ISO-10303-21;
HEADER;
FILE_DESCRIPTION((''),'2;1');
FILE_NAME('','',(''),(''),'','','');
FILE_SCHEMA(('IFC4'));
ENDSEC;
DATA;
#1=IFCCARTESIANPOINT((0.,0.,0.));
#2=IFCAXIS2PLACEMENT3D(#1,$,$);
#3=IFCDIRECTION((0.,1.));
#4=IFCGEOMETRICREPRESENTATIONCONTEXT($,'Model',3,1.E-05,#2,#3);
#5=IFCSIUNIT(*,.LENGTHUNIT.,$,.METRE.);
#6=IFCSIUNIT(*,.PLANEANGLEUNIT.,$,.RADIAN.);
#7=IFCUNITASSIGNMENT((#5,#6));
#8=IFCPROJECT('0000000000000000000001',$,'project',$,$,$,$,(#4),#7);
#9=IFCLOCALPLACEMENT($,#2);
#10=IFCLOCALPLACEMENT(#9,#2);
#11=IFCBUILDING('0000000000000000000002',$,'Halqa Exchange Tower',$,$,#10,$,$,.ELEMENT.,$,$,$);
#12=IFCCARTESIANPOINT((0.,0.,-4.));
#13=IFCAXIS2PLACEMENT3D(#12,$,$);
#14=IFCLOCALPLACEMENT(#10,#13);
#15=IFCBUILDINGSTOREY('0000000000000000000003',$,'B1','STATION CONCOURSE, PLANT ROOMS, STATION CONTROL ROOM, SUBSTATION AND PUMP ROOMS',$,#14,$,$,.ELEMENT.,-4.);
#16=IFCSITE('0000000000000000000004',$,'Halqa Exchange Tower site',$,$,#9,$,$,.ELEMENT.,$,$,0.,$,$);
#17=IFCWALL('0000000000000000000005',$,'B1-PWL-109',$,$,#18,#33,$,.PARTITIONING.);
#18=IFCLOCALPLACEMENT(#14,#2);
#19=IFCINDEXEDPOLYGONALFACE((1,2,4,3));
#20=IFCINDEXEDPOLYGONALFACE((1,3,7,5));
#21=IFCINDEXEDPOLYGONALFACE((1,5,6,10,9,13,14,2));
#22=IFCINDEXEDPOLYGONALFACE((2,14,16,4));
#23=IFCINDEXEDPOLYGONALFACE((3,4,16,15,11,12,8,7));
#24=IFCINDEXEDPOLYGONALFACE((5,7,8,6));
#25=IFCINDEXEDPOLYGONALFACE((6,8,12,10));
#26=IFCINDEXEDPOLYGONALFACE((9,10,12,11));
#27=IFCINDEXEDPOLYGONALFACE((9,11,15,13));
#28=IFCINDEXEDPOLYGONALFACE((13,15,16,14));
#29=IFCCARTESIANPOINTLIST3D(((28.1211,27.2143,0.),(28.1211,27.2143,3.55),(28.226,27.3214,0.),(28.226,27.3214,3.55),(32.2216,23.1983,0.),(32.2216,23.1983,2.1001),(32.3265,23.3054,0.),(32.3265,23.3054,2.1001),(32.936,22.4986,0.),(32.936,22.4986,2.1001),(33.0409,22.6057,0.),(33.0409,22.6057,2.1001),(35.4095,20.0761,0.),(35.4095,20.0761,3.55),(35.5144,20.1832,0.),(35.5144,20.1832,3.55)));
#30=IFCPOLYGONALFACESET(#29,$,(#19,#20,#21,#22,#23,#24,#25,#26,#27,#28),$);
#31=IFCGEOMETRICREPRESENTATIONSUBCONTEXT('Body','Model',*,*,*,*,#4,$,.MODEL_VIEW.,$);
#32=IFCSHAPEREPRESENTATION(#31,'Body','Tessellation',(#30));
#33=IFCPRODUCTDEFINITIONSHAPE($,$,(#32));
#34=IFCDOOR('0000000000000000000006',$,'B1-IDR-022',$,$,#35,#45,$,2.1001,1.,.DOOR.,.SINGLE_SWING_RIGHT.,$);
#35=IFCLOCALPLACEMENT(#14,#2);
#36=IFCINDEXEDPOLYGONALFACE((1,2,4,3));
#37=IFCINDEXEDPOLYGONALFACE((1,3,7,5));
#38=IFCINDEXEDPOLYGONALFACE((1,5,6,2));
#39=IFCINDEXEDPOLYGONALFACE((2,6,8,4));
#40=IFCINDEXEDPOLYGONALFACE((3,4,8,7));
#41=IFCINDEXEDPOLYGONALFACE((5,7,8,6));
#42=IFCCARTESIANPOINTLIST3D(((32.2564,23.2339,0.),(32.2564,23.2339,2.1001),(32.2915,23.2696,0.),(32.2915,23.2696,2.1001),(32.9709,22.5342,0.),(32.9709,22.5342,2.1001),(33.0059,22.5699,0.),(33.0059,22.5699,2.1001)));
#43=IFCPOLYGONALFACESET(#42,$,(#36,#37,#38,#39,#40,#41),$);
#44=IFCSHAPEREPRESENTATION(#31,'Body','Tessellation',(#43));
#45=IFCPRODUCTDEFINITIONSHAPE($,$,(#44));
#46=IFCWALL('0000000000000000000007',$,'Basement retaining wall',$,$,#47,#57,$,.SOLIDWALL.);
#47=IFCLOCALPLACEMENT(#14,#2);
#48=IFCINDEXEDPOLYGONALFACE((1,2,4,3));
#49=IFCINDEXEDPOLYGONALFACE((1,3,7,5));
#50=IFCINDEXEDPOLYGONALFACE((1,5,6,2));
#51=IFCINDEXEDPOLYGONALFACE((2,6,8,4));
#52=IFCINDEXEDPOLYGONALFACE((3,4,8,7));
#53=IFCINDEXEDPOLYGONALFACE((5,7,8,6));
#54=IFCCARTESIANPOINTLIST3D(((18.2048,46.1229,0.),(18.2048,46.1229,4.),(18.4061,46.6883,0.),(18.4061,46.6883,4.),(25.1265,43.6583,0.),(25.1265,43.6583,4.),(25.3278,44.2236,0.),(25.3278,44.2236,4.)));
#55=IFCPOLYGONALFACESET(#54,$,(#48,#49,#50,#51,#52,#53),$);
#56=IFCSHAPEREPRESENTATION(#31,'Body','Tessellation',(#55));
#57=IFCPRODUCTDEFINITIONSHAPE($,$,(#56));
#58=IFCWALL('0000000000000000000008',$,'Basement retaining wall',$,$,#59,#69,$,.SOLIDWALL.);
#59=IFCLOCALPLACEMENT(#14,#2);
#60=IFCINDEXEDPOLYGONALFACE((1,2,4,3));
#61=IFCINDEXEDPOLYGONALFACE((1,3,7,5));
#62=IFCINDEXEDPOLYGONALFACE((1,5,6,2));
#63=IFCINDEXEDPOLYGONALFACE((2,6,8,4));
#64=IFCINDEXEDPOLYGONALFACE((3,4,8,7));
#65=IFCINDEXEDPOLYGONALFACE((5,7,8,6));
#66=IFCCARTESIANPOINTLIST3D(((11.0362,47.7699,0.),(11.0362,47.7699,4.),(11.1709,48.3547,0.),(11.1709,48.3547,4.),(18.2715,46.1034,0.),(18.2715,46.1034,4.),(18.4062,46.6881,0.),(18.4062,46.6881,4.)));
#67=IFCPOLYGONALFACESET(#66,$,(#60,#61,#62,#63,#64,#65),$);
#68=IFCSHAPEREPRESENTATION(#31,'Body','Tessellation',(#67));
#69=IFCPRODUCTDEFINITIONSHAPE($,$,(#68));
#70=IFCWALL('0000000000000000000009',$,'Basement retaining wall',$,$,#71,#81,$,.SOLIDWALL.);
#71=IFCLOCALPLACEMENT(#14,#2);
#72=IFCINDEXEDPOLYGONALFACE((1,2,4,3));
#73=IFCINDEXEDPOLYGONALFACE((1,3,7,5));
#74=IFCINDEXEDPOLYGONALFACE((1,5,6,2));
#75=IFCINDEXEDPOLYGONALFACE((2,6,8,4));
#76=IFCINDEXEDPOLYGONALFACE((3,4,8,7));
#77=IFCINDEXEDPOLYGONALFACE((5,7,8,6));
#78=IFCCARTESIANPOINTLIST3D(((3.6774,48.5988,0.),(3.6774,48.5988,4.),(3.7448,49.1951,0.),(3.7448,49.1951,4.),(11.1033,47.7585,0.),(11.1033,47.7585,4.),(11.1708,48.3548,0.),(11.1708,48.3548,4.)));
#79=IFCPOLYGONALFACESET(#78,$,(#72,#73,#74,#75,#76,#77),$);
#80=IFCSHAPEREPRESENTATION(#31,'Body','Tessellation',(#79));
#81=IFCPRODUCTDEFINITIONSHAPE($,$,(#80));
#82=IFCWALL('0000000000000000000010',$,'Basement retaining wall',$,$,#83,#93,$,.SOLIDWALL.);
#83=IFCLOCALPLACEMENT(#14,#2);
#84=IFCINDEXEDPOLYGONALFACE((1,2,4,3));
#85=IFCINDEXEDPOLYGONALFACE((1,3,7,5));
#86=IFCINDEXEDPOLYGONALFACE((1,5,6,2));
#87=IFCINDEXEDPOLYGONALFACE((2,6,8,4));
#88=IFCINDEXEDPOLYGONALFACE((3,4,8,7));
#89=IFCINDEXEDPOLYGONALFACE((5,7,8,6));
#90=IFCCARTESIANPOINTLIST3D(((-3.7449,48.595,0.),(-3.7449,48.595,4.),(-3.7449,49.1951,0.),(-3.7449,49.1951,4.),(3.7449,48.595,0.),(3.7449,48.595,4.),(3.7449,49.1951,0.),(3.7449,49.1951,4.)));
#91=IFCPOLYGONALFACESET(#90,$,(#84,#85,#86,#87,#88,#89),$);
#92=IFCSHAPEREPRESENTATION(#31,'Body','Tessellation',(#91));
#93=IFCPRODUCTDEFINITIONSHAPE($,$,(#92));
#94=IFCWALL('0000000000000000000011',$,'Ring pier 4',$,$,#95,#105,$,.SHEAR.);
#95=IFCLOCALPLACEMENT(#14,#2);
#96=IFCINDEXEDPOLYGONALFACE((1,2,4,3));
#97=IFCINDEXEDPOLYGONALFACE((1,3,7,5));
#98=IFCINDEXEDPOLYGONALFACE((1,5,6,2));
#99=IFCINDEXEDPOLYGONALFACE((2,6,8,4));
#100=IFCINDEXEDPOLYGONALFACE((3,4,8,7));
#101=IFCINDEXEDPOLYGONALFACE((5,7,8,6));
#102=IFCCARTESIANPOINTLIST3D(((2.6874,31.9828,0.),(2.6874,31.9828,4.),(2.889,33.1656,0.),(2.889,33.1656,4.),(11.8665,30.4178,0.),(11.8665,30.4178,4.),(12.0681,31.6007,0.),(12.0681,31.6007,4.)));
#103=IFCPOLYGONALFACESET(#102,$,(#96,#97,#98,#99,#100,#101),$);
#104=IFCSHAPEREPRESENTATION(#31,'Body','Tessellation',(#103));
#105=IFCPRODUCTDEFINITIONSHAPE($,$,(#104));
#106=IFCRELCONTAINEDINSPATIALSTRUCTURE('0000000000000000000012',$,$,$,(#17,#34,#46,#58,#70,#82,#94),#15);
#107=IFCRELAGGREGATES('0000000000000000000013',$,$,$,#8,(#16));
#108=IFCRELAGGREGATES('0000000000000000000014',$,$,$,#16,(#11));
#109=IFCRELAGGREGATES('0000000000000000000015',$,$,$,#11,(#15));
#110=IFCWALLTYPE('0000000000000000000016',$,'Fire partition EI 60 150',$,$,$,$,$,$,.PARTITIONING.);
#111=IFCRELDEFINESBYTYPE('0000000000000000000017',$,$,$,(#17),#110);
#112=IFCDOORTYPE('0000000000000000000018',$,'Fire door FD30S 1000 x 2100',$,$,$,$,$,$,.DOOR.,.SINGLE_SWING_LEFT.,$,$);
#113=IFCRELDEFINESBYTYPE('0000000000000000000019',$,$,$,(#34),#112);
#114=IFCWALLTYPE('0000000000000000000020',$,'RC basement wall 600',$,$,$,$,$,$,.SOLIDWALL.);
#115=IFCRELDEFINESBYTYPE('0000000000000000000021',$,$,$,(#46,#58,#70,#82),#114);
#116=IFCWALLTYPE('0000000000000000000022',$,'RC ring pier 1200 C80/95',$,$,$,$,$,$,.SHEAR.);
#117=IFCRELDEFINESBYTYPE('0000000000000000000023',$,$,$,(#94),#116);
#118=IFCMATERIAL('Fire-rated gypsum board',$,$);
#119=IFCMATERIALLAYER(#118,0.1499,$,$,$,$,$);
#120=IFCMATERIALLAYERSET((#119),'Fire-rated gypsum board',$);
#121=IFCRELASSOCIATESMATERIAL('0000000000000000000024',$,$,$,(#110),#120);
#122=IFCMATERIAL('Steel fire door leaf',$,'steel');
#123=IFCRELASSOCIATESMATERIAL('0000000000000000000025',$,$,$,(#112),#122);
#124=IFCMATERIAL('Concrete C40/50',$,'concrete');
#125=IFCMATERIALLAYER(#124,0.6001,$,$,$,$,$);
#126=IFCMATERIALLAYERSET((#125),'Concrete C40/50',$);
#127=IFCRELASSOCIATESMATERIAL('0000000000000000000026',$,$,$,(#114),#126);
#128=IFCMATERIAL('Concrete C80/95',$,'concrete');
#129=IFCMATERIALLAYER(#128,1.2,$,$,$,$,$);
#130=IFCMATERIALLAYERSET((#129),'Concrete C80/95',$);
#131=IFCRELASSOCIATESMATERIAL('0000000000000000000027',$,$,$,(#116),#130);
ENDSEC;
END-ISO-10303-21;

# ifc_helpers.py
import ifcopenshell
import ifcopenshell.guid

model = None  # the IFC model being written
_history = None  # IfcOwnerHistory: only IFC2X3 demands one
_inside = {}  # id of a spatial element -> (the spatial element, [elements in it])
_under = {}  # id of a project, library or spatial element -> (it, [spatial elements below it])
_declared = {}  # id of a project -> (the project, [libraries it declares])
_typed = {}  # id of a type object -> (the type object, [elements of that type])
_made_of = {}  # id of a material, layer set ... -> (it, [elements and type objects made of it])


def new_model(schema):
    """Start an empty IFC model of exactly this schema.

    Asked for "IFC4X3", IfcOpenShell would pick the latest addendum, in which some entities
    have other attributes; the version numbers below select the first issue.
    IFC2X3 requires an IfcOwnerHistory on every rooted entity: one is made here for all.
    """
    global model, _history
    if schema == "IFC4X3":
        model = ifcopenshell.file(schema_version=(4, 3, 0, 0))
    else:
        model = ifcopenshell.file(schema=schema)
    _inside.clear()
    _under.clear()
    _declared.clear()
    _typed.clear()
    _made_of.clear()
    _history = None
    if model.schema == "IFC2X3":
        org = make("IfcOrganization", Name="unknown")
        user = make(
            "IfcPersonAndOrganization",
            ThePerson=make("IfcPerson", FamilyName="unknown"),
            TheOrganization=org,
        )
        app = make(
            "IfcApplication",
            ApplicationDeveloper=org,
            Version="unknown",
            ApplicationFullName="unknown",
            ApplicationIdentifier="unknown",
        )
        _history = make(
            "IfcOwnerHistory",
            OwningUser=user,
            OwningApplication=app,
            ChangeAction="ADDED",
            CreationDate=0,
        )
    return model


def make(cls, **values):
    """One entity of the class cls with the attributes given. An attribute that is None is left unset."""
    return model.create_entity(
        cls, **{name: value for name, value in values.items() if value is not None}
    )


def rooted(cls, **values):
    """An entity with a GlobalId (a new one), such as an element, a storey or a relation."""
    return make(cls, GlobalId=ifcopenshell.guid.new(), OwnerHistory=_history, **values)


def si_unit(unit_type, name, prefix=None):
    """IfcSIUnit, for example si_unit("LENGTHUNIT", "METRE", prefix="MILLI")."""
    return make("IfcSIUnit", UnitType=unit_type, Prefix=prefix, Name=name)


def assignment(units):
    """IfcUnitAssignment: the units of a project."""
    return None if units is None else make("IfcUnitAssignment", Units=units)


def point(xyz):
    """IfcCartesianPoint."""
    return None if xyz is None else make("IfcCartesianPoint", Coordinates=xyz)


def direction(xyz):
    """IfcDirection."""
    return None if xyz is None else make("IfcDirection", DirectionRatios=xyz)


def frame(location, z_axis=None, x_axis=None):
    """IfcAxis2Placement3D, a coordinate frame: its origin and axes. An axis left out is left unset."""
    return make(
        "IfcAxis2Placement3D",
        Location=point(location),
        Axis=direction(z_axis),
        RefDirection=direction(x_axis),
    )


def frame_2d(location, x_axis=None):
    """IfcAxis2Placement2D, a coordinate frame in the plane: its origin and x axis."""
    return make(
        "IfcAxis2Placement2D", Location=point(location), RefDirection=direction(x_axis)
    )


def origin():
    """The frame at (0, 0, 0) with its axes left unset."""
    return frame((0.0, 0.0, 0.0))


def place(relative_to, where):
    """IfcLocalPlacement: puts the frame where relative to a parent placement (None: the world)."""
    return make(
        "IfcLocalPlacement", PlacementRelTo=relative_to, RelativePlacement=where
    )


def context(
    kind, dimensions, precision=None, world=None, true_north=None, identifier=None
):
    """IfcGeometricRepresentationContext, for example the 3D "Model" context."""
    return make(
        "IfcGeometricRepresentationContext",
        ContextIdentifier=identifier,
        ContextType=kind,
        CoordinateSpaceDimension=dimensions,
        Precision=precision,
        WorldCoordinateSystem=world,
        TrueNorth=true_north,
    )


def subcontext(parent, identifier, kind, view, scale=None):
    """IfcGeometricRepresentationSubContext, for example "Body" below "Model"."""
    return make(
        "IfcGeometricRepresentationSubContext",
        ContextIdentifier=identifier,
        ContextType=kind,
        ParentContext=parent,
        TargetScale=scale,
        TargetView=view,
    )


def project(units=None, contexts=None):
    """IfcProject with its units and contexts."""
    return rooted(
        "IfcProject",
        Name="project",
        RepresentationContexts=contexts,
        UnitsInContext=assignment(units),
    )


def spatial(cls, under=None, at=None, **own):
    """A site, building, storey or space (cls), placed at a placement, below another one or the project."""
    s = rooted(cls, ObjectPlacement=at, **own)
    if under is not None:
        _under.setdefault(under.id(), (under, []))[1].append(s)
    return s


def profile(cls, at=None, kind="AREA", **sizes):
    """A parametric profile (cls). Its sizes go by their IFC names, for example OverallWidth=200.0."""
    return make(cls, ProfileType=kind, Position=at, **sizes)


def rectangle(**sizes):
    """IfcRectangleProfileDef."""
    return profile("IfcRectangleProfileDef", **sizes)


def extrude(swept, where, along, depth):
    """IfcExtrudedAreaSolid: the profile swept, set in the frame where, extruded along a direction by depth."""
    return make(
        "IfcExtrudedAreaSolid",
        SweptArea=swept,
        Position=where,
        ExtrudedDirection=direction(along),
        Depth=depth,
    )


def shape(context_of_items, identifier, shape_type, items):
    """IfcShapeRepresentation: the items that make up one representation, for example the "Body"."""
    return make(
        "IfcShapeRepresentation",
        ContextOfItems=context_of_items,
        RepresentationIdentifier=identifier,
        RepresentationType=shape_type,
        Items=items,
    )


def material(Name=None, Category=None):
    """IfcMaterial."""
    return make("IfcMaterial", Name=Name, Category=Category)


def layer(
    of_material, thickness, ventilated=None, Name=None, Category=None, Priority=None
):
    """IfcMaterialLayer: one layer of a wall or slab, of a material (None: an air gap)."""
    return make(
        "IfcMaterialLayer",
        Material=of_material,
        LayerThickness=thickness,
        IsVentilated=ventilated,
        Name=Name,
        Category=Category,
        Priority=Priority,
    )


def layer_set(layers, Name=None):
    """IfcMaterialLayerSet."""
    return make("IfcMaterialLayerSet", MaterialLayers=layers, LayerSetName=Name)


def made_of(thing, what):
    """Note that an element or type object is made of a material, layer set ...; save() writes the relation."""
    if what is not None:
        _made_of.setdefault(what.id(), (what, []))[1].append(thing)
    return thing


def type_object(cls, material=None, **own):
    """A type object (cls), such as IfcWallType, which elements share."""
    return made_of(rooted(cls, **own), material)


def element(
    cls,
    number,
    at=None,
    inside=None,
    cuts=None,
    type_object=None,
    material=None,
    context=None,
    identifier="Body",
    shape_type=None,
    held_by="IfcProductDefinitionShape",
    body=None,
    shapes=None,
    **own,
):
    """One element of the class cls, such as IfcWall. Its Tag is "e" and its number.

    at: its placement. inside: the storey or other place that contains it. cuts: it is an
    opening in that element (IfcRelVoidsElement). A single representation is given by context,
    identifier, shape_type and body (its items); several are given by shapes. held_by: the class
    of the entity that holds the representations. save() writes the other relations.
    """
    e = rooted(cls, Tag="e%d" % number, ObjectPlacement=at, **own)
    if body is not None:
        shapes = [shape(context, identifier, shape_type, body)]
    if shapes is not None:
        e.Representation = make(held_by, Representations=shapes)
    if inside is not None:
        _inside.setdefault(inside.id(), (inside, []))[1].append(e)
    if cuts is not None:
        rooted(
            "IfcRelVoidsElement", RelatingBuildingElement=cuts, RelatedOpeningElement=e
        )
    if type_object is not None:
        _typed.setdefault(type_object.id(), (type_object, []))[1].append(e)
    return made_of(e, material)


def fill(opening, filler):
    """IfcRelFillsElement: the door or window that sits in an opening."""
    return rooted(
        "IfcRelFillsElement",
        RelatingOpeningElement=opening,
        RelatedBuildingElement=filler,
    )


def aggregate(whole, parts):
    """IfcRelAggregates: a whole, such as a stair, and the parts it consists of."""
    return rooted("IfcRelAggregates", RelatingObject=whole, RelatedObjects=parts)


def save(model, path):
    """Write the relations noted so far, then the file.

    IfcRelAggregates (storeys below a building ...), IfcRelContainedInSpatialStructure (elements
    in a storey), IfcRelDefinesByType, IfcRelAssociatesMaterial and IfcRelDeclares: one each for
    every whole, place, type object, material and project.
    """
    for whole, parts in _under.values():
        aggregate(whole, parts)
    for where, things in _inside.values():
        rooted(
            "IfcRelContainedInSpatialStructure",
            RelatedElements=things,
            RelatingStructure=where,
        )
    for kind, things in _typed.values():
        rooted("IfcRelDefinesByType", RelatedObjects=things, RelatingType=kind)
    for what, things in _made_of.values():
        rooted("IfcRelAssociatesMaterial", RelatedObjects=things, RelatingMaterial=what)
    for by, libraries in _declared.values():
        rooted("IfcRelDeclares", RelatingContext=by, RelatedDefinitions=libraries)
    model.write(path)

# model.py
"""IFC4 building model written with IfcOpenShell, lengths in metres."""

from ifc_helpers import new_model, si_unit, direction, frame, frame_2d, origin, place, context, subcontext, project, spatial, rectangle, extrude, material, layer, layer_set, type_object, element, fill, save


model = new_model("IFC4")

# Units and contexts
model_context = context("Model", 3, precision=1e-05, world=origin(), true_north=direction((0.0, 1.0)))
body_context = subcontext(model_context, "Body", "Model", "MODEL_VIEW")
ifc_project = project(units=[si_unit("LENGTHUNIT", "METRE"), si_unit("PLANEANGLEUNIT", "RADIAN")], contexts=[model_context])

# Site, building, storey
site_placement = place(None, origin())
site = spatial("IfcSite", under=ifc_project, at=site_placement, Name="Halqa Exchange Tower site", CompositionType="ELEMENT", RefElevation=0.0)
building_placement = place(site_placement, origin())
building = spatial("IfcBuilding", under=site, at=building_placement, Name="Halqa Exchange Tower", CompositionType="ELEMENT")
storey_placement = place(building_placement, frame((0.0, 0.0, -4.0)))
storey = spatial("IfcBuildingStorey", under=building, at=storey_placement, Name="B1", Description="STATION CONCOURSE, PLANT ROOMS, STATION CONTROL ROOM, SUBSTATION AND PUMP ROOMS", CompositionType="ELEMENT", Elevation=-4.0)

# Shared definitions
ifc_material_1 = material(Name="Fire-rated gypsum board")
ifc_layer_1 = layer(ifc_material_1, 0.1499)
ifc_layer_set_1 = layer_set([ifc_layer_1], Name="Fire-rated gypsum board")
wall_type_1 = type_object("IfcWallType", Name="Fire partition EI 60 150", PredefinedType="PARTITIONING", material=ifc_layer_set_1)

# Shared definitions
ifc_material_2 = material(Name="Steel fire door leaf", Category="steel")

# Wall, opening, door
wall_1_placement = place(storey_placement, frame((28.1736, 27.2678, 0.0), z_axis=(0.0, 0.0, 1.0), x_axis=(0.714427, -0.69971, 0.0)))
wall_1 = element("IfcWall", 1, at=wall_1_placement, inside=storey, type_object=wall_type_1, Name="B1-PWL-109", PredefinedType="PARTITIONING", context=body_context, shape_type="SweptSolid", body=[
    extrude(rectangle(XDim=10.2017, YDim=0.1499, at=frame_2d((5.1008, 0.0))), origin(), (0.0, 0.0, 1.0), 3.55),
])
opening_1_placement = place(wall_1_placement, frame((5.7395, 0.0, 0.0)))
opening_1 = element("IfcOpeningElement", 2, at=opening_1_placement, cuts=wall_1, PredefinedType="OPENING", context=body_context, shape_type="SweptSolid", body=[
    extrude(rectangle(XDim=1.0, YDim=2.1001, at=frame_2d((0.5, 1.05))), frame((0.0, 0.0869, 0.0), z_axis=(0.0, -1.0, 0.0), x_axis=(1.0, 0.0, 0.0)), (0.0, 0.0, 1.0), 0.1738),
])
door_type_1 = type_object("IfcDoorType", Name="Fire door FD30S 1000 x 2100", OperationType="SINGLE_SWING_LEFT", PredefinedType="DOOR", material=ifc_material_2)
door_1_placement = place(opening_1_placement, origin())
door_1 = element("IfcDoor", 3, at=door_1_placement, inside=storey, type_object=door_type_1, Name="B1-IDR-022", OperationType="SINGLE_SWING_RIGHT", OverallHeight=2.1001, OverallWidth=1.0, PredefinedType="DOOR", context=body_context, shape_type="SweptSolid", body=[
    extrude(rectangle(XDim=1.0, YDim=2.1001, at=frame_2d((0.5, 1.05))), frame((0.0, 0.0249, 0.0), z_axis=(0.0, -1.0, 0.0), x_axis=(1.0, 0.0, 0.0)), (0.0, 0.0, 1.0), 0.05),
])
fill(opening_1, door_1)

# Walls
ifc_material_3 = material(Name="Concrete C40/50", Category="concrete")
ifc_layer_2 = layer(ifc_material_3, 0.6001)
ifc_layer_set_2 = layer_set([ifc_layer_2], Name="Concrete C40/50")
wall_type_2 = type_object("IfcWallType", Name="RC basement wall 600", PredefinedType="SOLIDWALL", material=ifc_layer_set_2)
wall_2_placement = place(storey_placement, frame((25.2273, 43.9409, 0.0), z_axis=(0.0, 0.0, 1.0), x_axis=(-0.942061, 0.335442, 0.0)))
element("IfcWall", 4, at=wall_2_placement, inside=storey, type_object=wall_type_2, Name="Basement retaining wall", PredefinedType="SOLIDWALL", context=body_context, shape_type="SweptSolid", body=[
    extrude(rectangle(XDim=7.3474, YDim=0.6001, at=frame_2d((3.6738, 0.0))), origin(), (0.0, 0.0, 1.0), 4.0),
])
wall_3_placement = place(storey_placement, frame((18.3389, 46.3958, 0.0), z_axis=(0.0, 0.0, 1.0), x_axis=(-0.974485, 0.224451, 0.0)))
element("IfcWall", 5, at=wall_3_placement, inside=storey, type_object=wall_type_2, Name="Basement retaining wall", PredefinedType="SOLIDWALL", context=body_context, shape_type="SweptSolid", body=[
    extrude(rectangle(XDim=7.4248, YDim=0.6001, at=frame_2d((3.7124, 0.0))), origin(), (0.0, 0.0, 1.0), 4.0),
])
wall_4_placement = place(storey_placement, frame((11.1372, 48.0566, 0.0), z_axis=(0.0, 0.0, 1.0), x_axis=(-0.993658, 0.112443, 0.0)))
element("IfcWall", 6, at=wall_4_placement, inside=storey, type_object=wall_type_2, Name="Basement retaining wall", PredefinedType="SOLIDWALL", context=body_context, shape_type="SweptSolid", body=[
    extrude(rectangle(XDim=7.4734, YDim=0.6001, at=frame_2d((3.7368, 0.0))), origin(), (0.0, 0.0, 1.0), 4.0),
])
wall_5_placement = place(storey_placement, frame((3.7449, 48.895, 0.0), z_axis=(0.0, 0.0, 1.0), x_axis=(-1.0, 0.0, 0.0)))
element("IfcWall", 7, at=wall_5_placement, inside=storey, type_object=wall_type_2, Name="Basement retaining wall", PredefinedType="SOLIDWALL", context=body_context, shape_type="SweptSolid", body=[
    extrude(rectangle(XDim=7.4897, YDim=0.6001, at=frame_2d((3.7449, 0.0))), origin(), (0.0, 0.0, 1.0), 4.0),
])
ifc_material_4 = material(Name="Concrete C80/95", Category="concrete")
ifc_layer_3 = layer(ifc_material_4, 1.2)
ifc_layer_set_3 = layer_set([ifc_layer_3], Name="Concrete C80/95")
wall_type_3 = type_object("IfcWallType", Name="RC ring pier 1200 C80/95", PredefinedType="SHEAR", material=ifc_layer_set_3)
wall_6_placement = place(storey_placement, frame((11.9673, 31.0093, 0.0), z_axis=(0.0, 0.0, 1.0), x_axis=(-0.985776, 0.168063, 0.0)))
element("IfcWall", 8, at=wall_6_placement, inside=storey, type_object=wall_type_3, Name="Ring pier 4", PredefinedType="SHEAR", context=body_context, shape_type="SweptSolid", body=[
    extrude(rectangle(XDim=9.3115, YDim=1.2, at=frame_2d((4.6558, 0.0))), origin(), (0.0, 0.0, 1.0), 4.0),
])

save(model, "model.ifc")
